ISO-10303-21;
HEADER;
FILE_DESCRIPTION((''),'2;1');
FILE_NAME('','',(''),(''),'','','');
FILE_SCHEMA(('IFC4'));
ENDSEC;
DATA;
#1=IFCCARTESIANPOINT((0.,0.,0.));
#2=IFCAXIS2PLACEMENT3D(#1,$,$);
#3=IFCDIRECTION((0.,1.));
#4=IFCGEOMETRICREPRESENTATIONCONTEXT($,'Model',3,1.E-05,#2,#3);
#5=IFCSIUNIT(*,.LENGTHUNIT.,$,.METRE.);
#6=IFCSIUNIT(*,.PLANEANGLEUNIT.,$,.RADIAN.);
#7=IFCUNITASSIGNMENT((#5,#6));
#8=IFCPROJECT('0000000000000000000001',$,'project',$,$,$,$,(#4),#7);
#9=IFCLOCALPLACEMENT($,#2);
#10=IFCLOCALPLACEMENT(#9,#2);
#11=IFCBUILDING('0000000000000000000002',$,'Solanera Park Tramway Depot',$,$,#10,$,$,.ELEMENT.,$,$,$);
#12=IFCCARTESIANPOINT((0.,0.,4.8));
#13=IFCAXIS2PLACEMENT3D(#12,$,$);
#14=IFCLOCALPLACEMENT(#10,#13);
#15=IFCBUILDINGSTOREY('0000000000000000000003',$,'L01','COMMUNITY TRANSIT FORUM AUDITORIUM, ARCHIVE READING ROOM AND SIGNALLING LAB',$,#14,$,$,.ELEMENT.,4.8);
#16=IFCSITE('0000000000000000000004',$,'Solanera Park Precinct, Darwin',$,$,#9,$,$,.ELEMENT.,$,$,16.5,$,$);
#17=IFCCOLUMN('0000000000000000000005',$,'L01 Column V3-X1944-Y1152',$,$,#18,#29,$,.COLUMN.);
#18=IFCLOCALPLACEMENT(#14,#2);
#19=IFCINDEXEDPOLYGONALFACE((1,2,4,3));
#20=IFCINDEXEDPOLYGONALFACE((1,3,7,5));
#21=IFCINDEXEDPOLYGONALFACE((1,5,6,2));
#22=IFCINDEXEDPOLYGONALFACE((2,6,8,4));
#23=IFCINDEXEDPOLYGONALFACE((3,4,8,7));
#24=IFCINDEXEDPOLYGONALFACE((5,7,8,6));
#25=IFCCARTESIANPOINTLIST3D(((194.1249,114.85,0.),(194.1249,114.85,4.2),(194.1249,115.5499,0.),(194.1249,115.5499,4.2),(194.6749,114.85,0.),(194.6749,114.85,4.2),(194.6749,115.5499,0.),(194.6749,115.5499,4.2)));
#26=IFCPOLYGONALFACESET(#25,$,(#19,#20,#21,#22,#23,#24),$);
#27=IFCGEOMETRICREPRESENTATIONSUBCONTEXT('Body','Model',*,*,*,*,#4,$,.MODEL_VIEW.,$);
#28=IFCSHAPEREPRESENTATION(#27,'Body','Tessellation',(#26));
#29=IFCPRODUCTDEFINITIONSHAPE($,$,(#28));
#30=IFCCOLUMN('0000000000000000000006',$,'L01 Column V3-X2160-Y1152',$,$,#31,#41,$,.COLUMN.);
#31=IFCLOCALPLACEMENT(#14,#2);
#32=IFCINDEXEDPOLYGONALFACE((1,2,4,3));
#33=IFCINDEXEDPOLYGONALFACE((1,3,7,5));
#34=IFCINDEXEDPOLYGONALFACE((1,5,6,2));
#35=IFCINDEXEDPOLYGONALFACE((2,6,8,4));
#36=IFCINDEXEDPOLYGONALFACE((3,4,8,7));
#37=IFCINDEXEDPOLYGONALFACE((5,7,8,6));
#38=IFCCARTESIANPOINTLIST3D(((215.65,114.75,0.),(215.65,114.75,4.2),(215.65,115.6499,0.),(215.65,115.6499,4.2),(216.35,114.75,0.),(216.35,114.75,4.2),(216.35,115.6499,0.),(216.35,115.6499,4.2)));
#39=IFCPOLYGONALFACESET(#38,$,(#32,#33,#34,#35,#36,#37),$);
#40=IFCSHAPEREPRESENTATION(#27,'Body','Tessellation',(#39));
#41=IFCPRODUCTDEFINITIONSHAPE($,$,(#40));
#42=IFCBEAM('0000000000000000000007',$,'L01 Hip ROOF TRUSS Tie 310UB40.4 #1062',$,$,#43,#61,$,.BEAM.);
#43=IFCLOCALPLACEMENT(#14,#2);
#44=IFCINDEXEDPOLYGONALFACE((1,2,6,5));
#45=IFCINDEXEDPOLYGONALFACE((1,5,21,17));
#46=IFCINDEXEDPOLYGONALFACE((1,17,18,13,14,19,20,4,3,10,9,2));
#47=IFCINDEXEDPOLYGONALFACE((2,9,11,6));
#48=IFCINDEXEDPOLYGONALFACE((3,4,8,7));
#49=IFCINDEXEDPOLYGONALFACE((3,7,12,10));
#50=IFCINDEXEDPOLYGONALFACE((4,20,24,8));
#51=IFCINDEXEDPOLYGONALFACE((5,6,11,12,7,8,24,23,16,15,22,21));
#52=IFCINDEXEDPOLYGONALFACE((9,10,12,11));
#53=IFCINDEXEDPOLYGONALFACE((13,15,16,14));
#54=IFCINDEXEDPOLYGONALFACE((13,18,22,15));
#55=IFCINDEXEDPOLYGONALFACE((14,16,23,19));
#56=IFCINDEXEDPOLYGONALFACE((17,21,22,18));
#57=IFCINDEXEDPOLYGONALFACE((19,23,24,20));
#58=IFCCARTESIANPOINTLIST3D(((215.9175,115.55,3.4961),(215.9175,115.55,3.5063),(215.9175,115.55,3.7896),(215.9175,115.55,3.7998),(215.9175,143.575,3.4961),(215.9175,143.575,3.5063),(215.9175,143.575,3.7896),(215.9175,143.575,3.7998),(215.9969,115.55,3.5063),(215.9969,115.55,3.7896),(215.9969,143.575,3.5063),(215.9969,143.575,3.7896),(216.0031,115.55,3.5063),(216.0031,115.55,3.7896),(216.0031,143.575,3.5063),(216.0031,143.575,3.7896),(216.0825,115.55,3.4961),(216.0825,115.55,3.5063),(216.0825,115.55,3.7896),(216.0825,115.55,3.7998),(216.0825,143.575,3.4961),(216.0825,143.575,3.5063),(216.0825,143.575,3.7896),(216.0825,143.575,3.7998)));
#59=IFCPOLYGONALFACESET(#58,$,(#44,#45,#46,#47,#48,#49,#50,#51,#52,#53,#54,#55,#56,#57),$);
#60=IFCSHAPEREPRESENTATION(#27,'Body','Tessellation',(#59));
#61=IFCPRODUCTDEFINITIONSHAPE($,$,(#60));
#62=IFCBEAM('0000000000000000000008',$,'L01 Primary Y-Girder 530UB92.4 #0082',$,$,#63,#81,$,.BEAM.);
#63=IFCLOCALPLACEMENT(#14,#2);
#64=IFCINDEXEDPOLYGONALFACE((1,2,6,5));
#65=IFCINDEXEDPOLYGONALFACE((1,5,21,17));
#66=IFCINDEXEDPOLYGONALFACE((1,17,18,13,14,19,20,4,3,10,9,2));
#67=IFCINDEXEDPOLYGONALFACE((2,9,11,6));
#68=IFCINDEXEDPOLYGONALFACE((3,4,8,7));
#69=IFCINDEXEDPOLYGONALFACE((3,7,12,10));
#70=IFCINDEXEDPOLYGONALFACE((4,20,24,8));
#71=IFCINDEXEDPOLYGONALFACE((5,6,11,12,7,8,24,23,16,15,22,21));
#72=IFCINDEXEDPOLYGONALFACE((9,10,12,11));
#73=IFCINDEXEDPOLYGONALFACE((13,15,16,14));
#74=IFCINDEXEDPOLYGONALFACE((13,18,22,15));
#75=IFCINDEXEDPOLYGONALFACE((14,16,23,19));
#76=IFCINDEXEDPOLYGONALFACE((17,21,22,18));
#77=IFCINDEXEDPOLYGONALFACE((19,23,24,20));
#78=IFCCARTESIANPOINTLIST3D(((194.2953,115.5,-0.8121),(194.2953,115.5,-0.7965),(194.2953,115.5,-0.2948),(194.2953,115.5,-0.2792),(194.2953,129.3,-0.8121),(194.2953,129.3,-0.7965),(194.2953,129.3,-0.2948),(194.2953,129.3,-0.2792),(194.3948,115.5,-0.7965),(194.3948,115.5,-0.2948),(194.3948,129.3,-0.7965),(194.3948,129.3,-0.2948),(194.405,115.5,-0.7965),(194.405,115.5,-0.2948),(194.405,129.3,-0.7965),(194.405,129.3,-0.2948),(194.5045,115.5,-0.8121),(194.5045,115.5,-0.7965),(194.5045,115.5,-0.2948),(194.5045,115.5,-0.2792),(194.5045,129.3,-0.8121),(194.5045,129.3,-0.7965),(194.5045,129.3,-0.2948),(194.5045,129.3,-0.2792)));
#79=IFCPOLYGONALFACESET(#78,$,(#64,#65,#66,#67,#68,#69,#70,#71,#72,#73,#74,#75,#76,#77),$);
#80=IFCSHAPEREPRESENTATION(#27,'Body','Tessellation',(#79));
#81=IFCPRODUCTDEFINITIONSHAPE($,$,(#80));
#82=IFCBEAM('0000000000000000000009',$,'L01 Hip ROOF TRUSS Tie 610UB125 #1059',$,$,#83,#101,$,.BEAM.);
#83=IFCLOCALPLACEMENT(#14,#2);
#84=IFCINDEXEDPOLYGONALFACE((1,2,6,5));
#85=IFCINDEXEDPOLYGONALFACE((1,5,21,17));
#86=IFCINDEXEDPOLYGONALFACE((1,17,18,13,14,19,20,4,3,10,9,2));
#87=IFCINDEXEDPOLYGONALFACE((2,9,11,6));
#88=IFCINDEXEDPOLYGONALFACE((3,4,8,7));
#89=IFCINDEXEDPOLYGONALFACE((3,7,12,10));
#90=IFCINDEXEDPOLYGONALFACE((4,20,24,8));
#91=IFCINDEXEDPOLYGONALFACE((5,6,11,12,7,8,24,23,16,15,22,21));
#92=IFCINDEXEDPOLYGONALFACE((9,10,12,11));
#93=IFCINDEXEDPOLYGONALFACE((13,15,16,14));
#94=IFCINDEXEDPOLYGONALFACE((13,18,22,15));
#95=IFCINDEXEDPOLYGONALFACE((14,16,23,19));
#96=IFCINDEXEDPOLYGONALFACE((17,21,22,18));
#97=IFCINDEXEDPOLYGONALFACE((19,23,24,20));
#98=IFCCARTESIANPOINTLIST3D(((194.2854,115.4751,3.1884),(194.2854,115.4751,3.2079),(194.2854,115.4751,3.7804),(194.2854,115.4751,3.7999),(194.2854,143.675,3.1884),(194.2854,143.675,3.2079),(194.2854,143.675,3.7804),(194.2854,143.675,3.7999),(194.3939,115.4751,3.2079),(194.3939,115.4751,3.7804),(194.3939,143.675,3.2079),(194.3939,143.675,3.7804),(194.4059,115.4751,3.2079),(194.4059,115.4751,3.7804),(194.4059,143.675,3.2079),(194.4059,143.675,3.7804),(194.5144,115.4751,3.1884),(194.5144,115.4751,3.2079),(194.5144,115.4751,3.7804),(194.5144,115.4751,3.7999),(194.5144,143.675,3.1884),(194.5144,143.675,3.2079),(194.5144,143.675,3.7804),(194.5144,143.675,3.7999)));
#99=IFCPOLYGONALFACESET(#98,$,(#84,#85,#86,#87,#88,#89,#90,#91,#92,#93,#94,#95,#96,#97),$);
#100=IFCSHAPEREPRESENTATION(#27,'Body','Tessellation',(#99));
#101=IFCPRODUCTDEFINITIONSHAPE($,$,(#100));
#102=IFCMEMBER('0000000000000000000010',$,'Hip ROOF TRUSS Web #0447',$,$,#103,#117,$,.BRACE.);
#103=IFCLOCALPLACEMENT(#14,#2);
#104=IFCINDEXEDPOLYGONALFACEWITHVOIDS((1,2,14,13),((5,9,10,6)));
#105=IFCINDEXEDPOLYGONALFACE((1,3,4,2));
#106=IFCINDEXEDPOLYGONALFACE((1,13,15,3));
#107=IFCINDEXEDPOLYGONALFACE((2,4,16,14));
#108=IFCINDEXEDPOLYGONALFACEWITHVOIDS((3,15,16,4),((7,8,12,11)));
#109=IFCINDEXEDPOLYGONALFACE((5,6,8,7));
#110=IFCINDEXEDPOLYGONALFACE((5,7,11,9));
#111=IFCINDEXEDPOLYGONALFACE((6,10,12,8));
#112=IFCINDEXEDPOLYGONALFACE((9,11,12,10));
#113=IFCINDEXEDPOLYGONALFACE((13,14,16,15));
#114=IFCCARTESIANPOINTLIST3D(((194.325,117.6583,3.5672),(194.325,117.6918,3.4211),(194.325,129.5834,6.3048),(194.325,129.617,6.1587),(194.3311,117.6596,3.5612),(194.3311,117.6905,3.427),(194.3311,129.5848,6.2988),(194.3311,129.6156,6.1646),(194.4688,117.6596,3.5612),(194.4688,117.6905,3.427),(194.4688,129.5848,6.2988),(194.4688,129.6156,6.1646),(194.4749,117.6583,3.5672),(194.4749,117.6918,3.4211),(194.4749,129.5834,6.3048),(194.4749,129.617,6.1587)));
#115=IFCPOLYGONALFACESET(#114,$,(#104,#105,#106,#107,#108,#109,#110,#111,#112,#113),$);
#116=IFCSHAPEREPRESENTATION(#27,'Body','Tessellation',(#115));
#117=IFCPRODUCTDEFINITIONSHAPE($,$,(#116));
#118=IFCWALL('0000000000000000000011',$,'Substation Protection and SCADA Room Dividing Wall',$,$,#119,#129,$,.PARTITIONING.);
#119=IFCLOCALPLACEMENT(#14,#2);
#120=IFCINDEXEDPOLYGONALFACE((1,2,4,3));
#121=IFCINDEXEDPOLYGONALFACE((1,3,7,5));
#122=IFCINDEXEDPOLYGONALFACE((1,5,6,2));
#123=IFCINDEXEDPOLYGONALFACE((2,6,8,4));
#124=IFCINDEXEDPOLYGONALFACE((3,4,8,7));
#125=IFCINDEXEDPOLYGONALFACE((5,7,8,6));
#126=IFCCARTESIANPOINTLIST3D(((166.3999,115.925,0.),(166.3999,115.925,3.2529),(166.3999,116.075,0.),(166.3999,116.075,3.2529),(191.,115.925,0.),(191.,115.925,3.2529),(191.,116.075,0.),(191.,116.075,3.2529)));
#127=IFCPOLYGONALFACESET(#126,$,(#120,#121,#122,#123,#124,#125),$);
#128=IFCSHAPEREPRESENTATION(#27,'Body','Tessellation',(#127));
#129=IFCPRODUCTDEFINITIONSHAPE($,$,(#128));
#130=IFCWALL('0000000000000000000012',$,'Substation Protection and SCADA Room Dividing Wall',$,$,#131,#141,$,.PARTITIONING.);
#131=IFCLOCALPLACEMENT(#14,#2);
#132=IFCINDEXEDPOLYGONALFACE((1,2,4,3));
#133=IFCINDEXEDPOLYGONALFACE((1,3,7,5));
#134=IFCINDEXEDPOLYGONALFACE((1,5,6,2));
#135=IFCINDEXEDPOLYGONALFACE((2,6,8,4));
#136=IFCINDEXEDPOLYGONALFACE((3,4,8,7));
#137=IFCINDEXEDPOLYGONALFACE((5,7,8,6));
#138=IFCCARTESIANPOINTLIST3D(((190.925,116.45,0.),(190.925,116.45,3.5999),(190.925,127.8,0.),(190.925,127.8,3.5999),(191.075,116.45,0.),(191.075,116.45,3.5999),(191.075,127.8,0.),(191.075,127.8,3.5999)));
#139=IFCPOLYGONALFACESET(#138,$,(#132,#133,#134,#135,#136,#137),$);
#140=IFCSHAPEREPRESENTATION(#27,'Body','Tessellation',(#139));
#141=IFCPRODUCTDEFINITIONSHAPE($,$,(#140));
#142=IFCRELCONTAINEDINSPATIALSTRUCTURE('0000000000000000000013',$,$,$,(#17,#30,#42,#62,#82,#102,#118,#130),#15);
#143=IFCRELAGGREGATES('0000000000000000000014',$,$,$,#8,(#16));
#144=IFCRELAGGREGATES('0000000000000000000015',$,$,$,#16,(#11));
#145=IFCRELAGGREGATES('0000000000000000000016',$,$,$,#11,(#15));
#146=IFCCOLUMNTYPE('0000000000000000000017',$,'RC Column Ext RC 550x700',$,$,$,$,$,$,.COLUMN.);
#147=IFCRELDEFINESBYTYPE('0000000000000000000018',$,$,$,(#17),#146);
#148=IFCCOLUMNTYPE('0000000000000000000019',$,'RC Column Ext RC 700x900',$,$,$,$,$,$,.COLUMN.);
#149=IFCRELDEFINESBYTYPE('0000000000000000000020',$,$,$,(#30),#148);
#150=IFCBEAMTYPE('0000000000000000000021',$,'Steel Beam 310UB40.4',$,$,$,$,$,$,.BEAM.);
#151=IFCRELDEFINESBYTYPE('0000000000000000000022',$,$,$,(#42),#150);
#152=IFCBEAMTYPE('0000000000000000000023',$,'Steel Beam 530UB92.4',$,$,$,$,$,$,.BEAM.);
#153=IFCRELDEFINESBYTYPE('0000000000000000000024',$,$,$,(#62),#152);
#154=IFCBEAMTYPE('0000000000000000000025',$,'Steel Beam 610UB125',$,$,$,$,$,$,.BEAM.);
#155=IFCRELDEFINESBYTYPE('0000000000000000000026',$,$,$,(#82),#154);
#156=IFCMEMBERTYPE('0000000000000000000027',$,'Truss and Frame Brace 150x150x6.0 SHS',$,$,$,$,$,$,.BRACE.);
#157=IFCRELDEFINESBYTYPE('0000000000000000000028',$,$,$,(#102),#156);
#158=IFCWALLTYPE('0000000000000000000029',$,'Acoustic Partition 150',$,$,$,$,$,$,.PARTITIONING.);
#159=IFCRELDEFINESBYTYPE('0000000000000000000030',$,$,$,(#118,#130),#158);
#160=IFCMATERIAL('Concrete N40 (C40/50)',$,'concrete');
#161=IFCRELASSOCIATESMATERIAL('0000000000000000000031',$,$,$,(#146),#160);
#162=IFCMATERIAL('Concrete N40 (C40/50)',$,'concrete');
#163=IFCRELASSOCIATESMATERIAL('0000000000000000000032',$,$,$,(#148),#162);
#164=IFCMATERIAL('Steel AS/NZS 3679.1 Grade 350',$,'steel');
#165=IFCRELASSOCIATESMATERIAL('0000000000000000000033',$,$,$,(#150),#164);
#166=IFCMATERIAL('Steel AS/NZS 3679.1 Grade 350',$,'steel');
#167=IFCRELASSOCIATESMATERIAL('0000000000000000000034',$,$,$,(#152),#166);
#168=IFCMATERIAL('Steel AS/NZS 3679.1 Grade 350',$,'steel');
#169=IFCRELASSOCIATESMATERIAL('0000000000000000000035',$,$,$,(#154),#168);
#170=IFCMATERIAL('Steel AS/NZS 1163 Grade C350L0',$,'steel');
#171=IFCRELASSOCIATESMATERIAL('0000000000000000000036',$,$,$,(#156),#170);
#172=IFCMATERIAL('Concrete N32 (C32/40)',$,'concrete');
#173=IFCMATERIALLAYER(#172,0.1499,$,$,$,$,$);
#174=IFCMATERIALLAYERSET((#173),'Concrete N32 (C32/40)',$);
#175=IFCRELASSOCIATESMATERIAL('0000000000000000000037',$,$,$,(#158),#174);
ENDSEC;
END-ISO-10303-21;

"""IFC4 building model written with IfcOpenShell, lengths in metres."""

from ifc_helpers import new_model, si_unit, direction, frame, frame_2d, origin, origin_2d, place, context, subcontext, project, spatial, rectangle, hollow_rectangle, i_section, extrude, material, layer, layer_set, material_profile, profile_set, type_object, element, save


model = new_model("IFC4")

# Units and contexts
model_context = context("Model", 3, precision=1e-05, world=origin(), true_north=direction((0.0, 1.0)))
body_context = subcontext(model_context, "Body", "Model", "MODEL_VIEW")
ifc_project = project(units=[si_unit("LENGTHUNIT", "METRE"), si_unit("PLANEANGLEUNIT", "RADIAN")], contexts=[model_context])

# Site, building, storey
site_placement = place(None, origin())
site = spatial("IfcSite", under=ifc_project, at=site_placement, Name="Solanera Park Precinct, Darwin", CompositionType="ELEMENT", RefElevation=16.5)
building_placement = place(site_placement, origin())
building = spatial("IfcBuilding", under=site, at=building_placement, Name="Solanera Park Tramway Depot", CompositionType="ELEMENT")
storey_placement = place(building_placement, frame((0.0, 0.0, 4.8)))
storey = spatial("IfcBuildingStorey", under=building, at=storey_placement, Name="L01", Description="COMMUNITY TRANSIT FORUM AUDITORIUM, ARCHIVE READING ROOM AND SIGNALLING LAB", CompositionType="ELEMENT", Elevation=4.8)

# Columns
ifc_material_1 = material(Name="Concrete N40 (C40/50)", Category="concrete")
ifc_material_profile_1 = material_profile(ifc_material_1, rectangle(XDim=0.55, YDim=0.7, at=origin_2d()), Name="RC 550x700")
ifc_profile_set_1 = profile_set([ifc_material_profile_1], Name="Concrete N40 (C40/50)")
column_type_1 = type_object("IfcColumnType", Name="RC Column Ext RC 550x700", PredefinedType="COLUMN", material=ifc_profile_set_1)
column_1_placement = place(storey_placement, frame((194.3999, 115.2, 0.0), z_axis=(0.0, 0.0, 1.0), x_axis=(1.0, 0.0, 0.0)))
element("IfcColumn", 1, at=column_1_placement, inside=storey, type_object=column_type_1, Name="L01 Column V3-X1944-Y1152", PredefinedType="COLUMN", context=body_context, shape_type="SweptSolid", body=[
    extrude(rectangle(XDim=0.55, YDim=0.7, at=origin_2d()), origin(), (0.0, 0.0, 1.0), 4.2),
])
ifc_material_2 = material(Name="Concrete N40 (C40/50)", Category="concrete")
ifc_material_profile_2 = material_profile(ifc_material_2, rectangle(XDim=0.7, YDim=0.8999, at=origin_2d()), Name="RC 700x900")
ifc_profile_set_2 = profile_set([ifc_material_profile_2], Name="Concrete N40 (C40/50)")
column_type_2 = type_object("IfcColumnType", Name="RC Column Ext RC 700x900", PredefinedType="COLUMN", material=ifc_profile_set_2)
column_2_placement = place(storey_placement, frame((216.0, 115.2, 0.0), z_axis=(0.0, 0.0, 1.0), x_axis=(1.0, 0.0, 0.0)))
element("IfcColumn", 2, at=column_2_placement, inside=storey, type_object=column_type_2, Name="L01 Column V3-X2160-Y1152", PredefinedType="COLUMN", context=body_context, shape_type="SweptSolid", body=[
    extrude(rectangle(XDim=0.7, YDim=0.8999, at=origin_2d()), origin(), (0.0, 0.0, 1.0), 4.2),
])

# Beams
ifc_material_3 = material(Name="Steel AS/NZS 3679.1 Grade 350", Category="steel")
ifc_material_profile_3 = material_profile(ifc_material_3, i_section(OverallWidth=0.165, OverallDepth=0.3037, WebThickness=0.0061, FlangeThickness=0.0103, at=origin_2d()), Name="310UB40.4")
ifc_profile_set_3 = profile_set([ifc_material_profile_3], Name="Steel AS/NZS 3679.1 Grade 350")
beam_type_1 = type_object("IfcBeamType", Name="Steel Beam 310UB40.4", PredefinedType="BEAM", material=ifc_profile_set_3)
beam_1_placement = place(storey_placement, frame((216.0, 115.55, 3.6479), z_axis=(0.0, 1.0, 0.0), x_axis=(-1.0, 0.0, 0.0)))
element("IfcBeam", 3, at=beam_1_placement, inside=storey, type_object=beam_type_1, Name="L01 Hip ROOF TRUSS Tie 310UB40.4 #1062", PredefinedType="BEAM", context=body_context, shape_type="SweptSolid", body=[
    extrude(i_section(OverallWidth=0.165, OverallDepth=0.3037, WebThickness=0.0061, FlangeThickness=0.0103, at=origin_2d()), origin(), (0.0, 0.0, 1.0), 28.0249),
])
ifc_material_4 = material(Name="Steel AS/NZS 3679.1 Grade 350", Category="steel")
ifc_material_profile_4 = material_profile(ifc_material_4, i_section(OverallWidth=0.2092, OverallDepth=0.533, WebThickness=0.0103, FlangeThickness=0.0156, at=origin_2d()), Name="530UB92.4")
ifc_profile_set_4 = profile_set([ifc_material_profile_4], Name="Steel AS/NZS 3679.1 Grade 350")
beam_type_2 = type_object("IfcBeamType", Name="Steel Beam 530UB92.4", PredefinedType="BEAM", material=ifc_profile_set_4)
beam_2_placement = place(storey_placement, frame((194.3999, 115.5, -0.5457), z_axis=(0.0, 1.0, 0.0), x_axis=(-1.0, 0.0, 0.0)))
element("IfcBeam", 4, at=beam_2_placement, inside=storey, type_object=beam_type_2, Name="L01 Primary Y-Girder 530UB92.4 #0082", PredefinedType="BEAM", context=body_context, shape_type="SweptSolid", body=[
    extrude(i_section(OverallWidth=0.2092, OverallDepth=0.533, WebThickness=0.0103, FlangeThickness=0.0156, at=origin_2d()), origin(), (0.0, 0.0, 1.0), 13.8),
])
ifc_material_5 = material(Name="Steel AS/NZS 3679.1 Grade 350", Category="steel")
ifc_material_profile_5 = material_profile(ifc_material_5, i_section(OverallWidth=0.229, OverallDepth=0.6116, WebThickness=0.012, FlangeThickness=0.0195, at=origin_2d()), Name="610UB125")
ifc_profile_set_5 = profile_set([ifc_material_profile_5], Name="Steel AS/NZS 3679.1 Grade 350")
beam_type_3 = type_object("IfcBeamType", Name="Steel Beam 610UB125", PredefinedType="BEAM", material=ifc_profile_set_5)
beam_3_placement = place(storey_placement, frame((194.3999, 115.4751, 3.4941), z_axis=(0.0, 1.0, 0.0), x_axis=(-1.0, 0.0, 0.0)))
element("IfcBeam", 5, at=beam_3_placement, inside=storey, type_object=beam_type_3, Name="L01 Hip ROOF TRUSS Tie 610UB125 #1059", PredefinedType="BEAM", context=body_context, shape_type="SweptSolid", body=[
    extrude(i_section(OverallWidth=0.229, OverallDepth=0.6116, WebThickness=0.012, FlangeThickness=0.0195, at=origin_2d()), origin(), (0.0, 0.0, 1.0), 28.2),
])

# Member
ifc_material_6 = material(Name="Steel AS/NZS 1163 Grade C350L0", Category="steel")
ifc_material_profile_6 = material_profile(ifc_material_6, hollow_rectangle(XDim=0.1499, YDim=0.1499, WallThickness=0.0061, at=origin_2d()), Name="150x150x6.0 SHS")
ifc_profile_set_6 = profile_set([ifc_material_profile_6], Name="Steel AS/NZS 1163 Grade C350L0")
member_type = type_object("IfcMemberType", Name="Truss and Frame Brace 150x150x6.0 SHS", PredefinedType="BRACE", material=ifc_profile_set_6)
member_placement = place(storey_placement, frame((194.3999, 117.675, 3.4941), z_axis=(0.0, 0.974648, 0.223743), x_axis=(-1.0, 0.0, 0.0)))
element("IfcMember", 6, at=member_placement, inside=storey, type_object=member_type, Name="Hip ROOF TRUSS Web #0447", PredefinedType="BRACE", context=body_context, shape_type="SweptSolid", body=[
    extrude(hollow_rectangle(XDim=0.1499, YDim=0.1499, WallThickness=0.0061, at=origin_2d()), origin(), (0.0, 0.0, 1.0), 12.2354),
])

# Walls
ifc_material_7 = material(Name="Concrete N32 (C32/40)", Category="concrete")
ifc_layer_1 = layer(ifc_material_7, 0.1499)
ifc_layer_set_1 = layer_set([ifc_layer_1], Name="Concrete N32 (C32/40)")
wall_type_1 = type_object("IfcWallType", Name="Acoustic Partition 150", PredefinedType="PARTITIONING", material=ifc_layer_set_1)
wall_1_placement = place(storey_placement, frame((191.0, 116.0, 0.0), z_axis=(0.0, 0.0, 1.0), x_axis=(-1.0, 0.0, 0.0)))
element("IfcWall", 7, at=wall_1_placement, inside=storey, type_object=wall_type_1, Name="Substation Protection and SCADA Room Dividing Wall", PredefinedType="PARTITIONING", context=body_context, shape_type="SweptSolid", body=[
    extrude(rectangle(XDim=24.6001, YDim=0.1499, at=frame_2d((12.3, 0.0))), origin(), (0.0, 0.0, 1.0), 3.2529),
])
wall_2_placement = place(storey_placement, frame((191.0, 116.45, 0.0), z_axis=(0.0, 0.0, 1.0), x_axis=(0.0, 1.0, 0.0)))
element("IfcWall", 8, at=wall_2_placement, inside=storey, type_object=wall_type_1, Name="Substation Protection and SCADA Room Dividing Wall", PredefinedType="PARTITIONING", context=body_context, shape_type="SweptSolid", body=[
    extrude(rectangle(XDim=11.3501, YDim=0.1499, at=frame_2d((5.675, 0.0))), origin(), (0.0, 0.0, 1.0), 3.5999),
])

save(model, "model.ifc")
